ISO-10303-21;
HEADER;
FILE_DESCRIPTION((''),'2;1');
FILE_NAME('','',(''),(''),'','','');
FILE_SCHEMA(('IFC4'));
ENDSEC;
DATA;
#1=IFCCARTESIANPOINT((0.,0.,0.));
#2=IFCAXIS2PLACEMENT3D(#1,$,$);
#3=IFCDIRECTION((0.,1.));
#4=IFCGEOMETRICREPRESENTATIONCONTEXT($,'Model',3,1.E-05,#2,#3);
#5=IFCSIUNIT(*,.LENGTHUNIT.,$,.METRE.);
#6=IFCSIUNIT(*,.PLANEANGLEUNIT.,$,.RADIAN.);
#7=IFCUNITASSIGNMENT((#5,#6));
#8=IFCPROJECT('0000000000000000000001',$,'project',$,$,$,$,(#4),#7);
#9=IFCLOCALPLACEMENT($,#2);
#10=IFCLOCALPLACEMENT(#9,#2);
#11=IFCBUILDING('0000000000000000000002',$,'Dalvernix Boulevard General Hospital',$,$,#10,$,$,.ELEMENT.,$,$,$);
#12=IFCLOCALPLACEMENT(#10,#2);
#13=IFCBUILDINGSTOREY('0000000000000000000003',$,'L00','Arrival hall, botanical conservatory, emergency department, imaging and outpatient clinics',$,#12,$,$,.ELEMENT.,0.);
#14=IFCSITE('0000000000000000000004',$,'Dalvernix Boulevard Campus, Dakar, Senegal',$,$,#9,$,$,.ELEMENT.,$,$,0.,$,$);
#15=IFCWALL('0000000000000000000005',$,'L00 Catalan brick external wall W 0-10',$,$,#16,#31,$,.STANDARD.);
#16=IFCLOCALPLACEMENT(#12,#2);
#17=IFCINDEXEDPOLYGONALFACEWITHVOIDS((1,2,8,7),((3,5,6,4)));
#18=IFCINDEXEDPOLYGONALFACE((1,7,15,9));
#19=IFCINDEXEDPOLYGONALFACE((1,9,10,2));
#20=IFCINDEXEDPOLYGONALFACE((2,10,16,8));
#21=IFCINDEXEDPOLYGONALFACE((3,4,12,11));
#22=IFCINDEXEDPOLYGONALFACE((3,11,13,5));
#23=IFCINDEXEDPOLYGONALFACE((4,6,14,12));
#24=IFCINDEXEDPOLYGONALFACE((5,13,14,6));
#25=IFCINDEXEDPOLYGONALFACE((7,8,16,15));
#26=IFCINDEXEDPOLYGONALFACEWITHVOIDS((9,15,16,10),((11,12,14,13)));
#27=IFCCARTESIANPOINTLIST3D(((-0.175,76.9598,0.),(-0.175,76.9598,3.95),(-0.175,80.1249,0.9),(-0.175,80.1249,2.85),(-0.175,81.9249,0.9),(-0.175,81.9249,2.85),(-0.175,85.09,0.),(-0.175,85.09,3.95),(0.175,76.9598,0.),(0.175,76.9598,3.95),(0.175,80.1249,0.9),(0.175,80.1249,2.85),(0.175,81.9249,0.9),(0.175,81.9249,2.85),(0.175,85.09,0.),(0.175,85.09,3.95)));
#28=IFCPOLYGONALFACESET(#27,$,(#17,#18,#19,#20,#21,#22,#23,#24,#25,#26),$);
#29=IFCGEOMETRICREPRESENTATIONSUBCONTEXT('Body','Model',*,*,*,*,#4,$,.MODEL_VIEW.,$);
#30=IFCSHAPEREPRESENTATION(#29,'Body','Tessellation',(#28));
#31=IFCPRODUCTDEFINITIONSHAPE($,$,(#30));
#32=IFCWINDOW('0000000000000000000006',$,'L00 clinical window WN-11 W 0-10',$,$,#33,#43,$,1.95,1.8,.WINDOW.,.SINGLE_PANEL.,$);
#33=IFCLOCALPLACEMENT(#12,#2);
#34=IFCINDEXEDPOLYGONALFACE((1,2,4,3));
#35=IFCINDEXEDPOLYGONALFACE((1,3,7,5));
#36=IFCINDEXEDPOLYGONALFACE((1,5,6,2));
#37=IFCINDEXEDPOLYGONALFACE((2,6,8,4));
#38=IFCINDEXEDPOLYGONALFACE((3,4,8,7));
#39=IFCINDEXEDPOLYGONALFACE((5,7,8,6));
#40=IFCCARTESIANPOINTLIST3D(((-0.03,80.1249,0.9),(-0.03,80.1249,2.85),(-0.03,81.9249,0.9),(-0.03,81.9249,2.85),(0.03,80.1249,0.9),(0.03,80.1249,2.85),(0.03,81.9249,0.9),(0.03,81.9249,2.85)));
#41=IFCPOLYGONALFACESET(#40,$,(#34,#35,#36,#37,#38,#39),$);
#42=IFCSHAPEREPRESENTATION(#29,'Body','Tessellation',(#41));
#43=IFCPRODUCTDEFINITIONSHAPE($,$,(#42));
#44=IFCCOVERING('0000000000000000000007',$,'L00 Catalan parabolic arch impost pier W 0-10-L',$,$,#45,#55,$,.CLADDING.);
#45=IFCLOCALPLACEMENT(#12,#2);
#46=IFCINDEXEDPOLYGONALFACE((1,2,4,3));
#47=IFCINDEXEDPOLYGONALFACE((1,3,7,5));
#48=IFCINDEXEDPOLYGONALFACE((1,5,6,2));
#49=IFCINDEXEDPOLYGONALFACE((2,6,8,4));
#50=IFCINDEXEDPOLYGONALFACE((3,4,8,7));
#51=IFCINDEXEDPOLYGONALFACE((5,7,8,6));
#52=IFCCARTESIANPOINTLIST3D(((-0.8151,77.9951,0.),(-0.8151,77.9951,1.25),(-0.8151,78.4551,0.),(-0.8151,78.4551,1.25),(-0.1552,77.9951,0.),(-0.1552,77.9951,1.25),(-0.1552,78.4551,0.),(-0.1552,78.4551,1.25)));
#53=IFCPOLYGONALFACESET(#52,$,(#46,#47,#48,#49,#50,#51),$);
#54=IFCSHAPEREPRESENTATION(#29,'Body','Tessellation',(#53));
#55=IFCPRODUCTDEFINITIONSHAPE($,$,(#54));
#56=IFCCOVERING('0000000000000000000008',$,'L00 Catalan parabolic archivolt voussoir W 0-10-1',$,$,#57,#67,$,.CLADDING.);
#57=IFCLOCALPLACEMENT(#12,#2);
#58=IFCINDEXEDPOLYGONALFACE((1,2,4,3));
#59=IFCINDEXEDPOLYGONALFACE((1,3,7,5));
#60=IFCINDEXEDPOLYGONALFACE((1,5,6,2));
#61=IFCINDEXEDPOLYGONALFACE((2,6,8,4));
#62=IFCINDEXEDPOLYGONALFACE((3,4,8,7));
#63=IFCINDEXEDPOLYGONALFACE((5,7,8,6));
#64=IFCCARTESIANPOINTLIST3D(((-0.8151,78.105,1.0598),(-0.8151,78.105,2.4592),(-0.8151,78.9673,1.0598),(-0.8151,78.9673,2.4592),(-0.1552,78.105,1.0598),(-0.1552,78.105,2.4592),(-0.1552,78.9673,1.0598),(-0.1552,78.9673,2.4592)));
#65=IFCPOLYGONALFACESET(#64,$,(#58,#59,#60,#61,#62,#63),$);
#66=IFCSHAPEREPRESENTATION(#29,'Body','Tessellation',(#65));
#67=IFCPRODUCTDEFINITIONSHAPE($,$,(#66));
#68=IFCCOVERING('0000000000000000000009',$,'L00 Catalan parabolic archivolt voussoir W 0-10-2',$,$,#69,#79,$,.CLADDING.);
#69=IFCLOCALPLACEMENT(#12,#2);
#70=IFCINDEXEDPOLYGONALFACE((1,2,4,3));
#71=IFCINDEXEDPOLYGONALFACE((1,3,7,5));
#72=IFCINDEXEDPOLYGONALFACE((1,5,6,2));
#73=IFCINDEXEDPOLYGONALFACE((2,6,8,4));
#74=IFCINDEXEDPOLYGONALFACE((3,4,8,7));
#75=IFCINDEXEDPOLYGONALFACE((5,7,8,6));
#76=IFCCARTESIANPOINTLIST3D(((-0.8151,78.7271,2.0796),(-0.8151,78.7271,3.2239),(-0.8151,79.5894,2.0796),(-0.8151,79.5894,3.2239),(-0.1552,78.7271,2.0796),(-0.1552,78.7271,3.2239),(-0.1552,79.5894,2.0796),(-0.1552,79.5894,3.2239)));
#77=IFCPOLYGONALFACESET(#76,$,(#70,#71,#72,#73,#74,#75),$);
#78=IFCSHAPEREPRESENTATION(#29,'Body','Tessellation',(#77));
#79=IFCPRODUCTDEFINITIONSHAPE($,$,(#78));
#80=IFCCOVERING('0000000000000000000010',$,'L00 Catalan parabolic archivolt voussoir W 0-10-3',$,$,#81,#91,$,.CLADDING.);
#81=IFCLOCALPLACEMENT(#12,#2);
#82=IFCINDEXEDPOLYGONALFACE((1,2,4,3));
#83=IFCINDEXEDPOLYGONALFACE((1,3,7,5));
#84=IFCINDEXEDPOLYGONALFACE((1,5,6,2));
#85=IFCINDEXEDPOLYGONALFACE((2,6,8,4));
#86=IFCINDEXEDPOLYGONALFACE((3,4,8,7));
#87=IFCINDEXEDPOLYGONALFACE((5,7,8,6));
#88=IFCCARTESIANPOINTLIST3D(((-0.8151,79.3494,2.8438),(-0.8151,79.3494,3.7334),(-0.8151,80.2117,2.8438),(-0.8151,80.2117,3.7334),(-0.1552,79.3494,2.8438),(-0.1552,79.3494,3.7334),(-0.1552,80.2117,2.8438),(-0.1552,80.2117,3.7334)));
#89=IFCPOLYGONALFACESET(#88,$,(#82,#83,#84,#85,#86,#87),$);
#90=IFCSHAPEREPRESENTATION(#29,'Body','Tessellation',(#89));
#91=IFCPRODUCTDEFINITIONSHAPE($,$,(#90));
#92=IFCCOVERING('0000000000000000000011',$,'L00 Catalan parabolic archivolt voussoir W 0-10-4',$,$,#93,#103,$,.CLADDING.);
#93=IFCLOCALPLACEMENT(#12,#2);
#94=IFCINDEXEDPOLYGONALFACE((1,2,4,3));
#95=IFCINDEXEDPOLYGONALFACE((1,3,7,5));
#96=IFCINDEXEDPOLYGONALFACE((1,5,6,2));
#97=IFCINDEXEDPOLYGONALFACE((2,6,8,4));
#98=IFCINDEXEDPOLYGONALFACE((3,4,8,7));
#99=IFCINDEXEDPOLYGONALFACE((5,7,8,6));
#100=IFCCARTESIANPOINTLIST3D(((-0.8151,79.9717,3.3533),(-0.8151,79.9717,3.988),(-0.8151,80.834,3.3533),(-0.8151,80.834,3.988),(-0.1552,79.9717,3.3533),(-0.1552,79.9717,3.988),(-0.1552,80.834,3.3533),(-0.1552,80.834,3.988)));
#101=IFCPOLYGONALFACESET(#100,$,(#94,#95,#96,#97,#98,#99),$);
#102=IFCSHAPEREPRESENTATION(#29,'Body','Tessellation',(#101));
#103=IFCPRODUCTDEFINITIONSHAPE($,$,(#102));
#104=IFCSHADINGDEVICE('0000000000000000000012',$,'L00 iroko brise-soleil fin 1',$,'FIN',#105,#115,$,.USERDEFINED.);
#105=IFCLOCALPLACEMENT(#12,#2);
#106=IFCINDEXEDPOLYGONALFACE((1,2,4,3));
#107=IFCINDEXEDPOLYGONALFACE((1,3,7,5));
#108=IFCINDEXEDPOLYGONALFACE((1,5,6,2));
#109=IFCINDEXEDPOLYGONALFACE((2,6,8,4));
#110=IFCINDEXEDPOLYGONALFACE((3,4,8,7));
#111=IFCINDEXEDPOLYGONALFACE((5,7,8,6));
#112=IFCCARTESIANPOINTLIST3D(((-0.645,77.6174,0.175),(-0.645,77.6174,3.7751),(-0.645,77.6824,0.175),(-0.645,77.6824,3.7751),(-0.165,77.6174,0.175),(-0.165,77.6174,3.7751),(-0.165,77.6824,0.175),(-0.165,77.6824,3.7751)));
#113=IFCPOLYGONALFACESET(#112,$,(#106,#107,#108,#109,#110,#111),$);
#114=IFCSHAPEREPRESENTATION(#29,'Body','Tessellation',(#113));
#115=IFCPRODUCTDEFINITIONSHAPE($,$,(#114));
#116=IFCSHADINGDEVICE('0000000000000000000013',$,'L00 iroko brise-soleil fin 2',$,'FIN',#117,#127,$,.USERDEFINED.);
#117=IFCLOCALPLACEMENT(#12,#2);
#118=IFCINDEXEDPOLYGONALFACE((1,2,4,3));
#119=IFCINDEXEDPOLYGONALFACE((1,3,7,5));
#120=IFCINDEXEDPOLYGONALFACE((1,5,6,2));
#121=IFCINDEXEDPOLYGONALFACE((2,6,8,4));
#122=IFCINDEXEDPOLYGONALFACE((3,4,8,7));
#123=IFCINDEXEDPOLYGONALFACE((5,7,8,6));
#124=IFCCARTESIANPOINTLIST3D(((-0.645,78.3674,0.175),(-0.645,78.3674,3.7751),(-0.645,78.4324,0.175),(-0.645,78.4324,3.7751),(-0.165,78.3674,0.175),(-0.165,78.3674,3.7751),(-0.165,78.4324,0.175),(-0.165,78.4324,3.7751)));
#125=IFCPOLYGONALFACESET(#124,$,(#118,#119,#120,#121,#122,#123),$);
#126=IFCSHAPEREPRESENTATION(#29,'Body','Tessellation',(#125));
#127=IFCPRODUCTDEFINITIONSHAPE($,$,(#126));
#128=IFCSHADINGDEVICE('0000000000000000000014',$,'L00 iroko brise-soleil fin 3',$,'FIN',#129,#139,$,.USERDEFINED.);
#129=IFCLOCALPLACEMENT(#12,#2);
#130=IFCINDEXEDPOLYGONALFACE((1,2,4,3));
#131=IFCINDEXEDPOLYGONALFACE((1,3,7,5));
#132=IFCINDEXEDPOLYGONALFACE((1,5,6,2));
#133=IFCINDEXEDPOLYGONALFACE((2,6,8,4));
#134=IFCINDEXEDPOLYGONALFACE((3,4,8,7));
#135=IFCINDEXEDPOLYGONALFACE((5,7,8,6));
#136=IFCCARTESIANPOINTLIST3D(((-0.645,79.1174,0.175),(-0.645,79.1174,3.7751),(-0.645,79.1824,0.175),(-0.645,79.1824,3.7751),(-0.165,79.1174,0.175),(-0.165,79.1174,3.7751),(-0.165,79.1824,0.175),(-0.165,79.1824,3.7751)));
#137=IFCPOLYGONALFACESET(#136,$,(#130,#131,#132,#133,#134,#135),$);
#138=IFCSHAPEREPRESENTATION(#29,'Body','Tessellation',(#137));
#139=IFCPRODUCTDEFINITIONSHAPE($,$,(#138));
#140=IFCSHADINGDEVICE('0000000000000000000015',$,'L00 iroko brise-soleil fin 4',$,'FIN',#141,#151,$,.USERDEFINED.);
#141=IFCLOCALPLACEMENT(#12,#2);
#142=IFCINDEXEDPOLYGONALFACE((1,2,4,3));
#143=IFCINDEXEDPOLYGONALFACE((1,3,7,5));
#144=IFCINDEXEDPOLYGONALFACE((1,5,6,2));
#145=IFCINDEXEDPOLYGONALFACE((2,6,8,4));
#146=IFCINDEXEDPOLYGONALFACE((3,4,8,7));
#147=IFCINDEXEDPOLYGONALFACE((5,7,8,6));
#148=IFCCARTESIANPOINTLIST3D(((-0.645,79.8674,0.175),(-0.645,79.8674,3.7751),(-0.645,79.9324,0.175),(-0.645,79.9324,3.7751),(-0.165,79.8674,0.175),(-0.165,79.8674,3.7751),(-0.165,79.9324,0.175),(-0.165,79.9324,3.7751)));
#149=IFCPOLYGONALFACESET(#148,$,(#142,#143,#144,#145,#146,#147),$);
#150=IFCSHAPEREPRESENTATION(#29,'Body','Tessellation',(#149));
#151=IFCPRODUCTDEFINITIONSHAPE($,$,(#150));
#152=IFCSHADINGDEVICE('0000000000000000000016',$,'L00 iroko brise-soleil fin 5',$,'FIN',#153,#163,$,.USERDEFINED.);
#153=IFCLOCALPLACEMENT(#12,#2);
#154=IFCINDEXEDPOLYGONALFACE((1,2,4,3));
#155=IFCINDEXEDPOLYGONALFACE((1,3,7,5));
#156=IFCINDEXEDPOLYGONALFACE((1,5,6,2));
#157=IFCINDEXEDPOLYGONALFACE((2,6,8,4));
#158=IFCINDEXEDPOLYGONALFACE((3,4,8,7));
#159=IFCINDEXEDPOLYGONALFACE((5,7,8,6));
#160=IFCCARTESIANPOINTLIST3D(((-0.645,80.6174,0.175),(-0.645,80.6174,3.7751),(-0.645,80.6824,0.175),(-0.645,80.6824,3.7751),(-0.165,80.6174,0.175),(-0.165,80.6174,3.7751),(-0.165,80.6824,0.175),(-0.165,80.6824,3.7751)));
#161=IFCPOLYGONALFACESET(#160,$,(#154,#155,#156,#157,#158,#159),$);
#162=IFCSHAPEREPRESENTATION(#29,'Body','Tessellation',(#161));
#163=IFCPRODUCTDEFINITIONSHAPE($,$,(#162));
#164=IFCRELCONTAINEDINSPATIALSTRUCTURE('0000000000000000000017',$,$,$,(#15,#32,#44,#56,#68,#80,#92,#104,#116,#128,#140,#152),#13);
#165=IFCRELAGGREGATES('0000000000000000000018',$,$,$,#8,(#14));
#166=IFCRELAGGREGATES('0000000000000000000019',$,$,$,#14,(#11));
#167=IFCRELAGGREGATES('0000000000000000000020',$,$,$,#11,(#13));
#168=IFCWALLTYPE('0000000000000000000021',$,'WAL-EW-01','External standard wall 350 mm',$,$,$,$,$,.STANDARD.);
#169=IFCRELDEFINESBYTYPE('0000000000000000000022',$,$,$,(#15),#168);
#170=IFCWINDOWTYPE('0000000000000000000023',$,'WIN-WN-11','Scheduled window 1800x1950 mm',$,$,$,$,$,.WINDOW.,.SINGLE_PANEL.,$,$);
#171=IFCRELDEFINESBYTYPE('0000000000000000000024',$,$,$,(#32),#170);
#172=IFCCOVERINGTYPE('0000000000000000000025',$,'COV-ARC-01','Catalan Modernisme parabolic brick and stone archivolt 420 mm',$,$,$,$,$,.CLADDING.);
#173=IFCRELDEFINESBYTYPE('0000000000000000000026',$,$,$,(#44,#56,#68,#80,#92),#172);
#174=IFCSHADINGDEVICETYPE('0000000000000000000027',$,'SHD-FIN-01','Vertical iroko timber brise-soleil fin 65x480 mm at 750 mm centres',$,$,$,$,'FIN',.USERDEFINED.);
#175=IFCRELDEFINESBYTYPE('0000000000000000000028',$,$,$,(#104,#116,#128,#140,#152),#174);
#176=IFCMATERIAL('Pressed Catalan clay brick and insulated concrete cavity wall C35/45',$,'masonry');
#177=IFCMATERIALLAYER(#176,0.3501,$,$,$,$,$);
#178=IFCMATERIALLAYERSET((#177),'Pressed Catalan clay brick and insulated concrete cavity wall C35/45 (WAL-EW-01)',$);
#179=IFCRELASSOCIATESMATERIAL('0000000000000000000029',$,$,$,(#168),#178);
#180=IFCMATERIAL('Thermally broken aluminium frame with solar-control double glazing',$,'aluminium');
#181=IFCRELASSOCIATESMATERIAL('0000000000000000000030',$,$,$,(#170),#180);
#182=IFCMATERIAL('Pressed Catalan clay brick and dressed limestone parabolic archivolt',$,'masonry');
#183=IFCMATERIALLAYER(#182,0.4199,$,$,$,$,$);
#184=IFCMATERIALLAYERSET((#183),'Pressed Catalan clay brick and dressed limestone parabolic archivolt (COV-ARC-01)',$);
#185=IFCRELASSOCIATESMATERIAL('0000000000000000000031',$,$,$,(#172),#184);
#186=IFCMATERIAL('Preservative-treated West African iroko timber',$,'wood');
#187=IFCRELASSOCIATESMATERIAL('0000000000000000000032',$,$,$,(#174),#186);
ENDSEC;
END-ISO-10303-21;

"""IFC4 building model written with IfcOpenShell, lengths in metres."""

from ifc_helpers import new_model, si_unit, direction, frame, frame_2d, origin, origin_2d, place, context, subcontext, project, spatial, rectangle, extrude, material, layer, layer_set, type_object, element, fill, save


model = new_model("IFC4")

# Units and contexts
model_context = context("Model", 3, precision=1e-05, world=origin(), true_north=direction((0.0, 1.0)))
body_context = subcontext(model_context, "Body", "Model", "MODEL_VIEW")
ifc_project = project(units=[si_unit("LENGTHUNIT", "METRE"), si_unit("PLANEANGLEUNIT", "RADIAN")], contexts=[model_context])

# Site, building, storey
site_placement = place(None, origin())
site = spatial("IfcSite", under=ifc_project, at=site_placement, Name="Dalvernix Boulevard Campus, Dakar, Senegal", CompositionType="ELEMENT", RefElevation=0.0)
building_placement = place(site_placement, origin())
building = spatial("IfcBuilding", under=site, at=building_placement, Name="Dalvernix Boulevard General Hospital", CompositionType="ELEMENT")
storey_placement = place(building_placement, origin())
storey = spatial("IfcBuildingStorey", under=building, at=storey_placement, Name="L00", Description="Arrival hall, botanical conservatory, emergency department, imaging and outpatient clinics", CompositionType="ELEMENT", Elevation=0.0)

# Wall, opening, window
ifc_material_1 = material(Name="Pressed Catalan clay brick and insulated concrete cavity wall C35/45", Category="masonry")
ifc_layer_1 = layer(ifc_material_1, 0.3501)
ifc_layer_set_1 = layer_set([ifc_layer_1], Name="Pressed Catalan clay brick and insulated concrete cavity wall C35/45 (WAL-EW-01)")
wall_type = type_object("IfcWallType", Name="WAL-EW-01", Description="External standard wall 350 mm", PredefinedType="STANDARD", material=ifc_layer_set_1)
wall_placement = place(storey_placement, frame((0.0, 76.96, 0.0), z_axis=(0.0, 0.0, 1.0), x_axis=(0.0, 1.0, 0.0)))
wall = element("IfcWall", 1, at=wall_placement, inside=storey, type_object=wall_type, Name="L00 Catalan brick external wall W 0-10", PredefinedType="STANDARD", context=body_context, shape_type="SweptSolid", body=[
    extrude(rectangle(XDim=8.1301, YDim=0.3501, at=frame_2d((4.0649, 0.0))), origin(), (0.0, 0.0, 1.0), 3.95),
])
opening_placement = place(wall_placement, frame((3.165, 0.0, 0.8999)))
opening = element("IfcOpeningElement", 2, at=opening_placement, cuts=wall, PredefinedType="OPENING", context=body_context, shape_type="SweptSolid", body=[
    extrude(rectangle(XDim=1.8, YDim=1.95, at=frame_2d((0.8999, 0.9751))), frame((0.0, 0.1851, 0.0), z_axis=(0.0, -1.0, 0.0), x_axis=(1.0, 0.0, 0.0)), (0.0, 0.0, 1.0), 0.3701),
])
ifc_material_2 = material(Name="Thermally broken aluminium frame with solar-control double glazing", Category="aluminium")
window_type = type_object("IfcWindowType", Name="WIN-WN-11", Description="Scheduled window 1800x1950 mm", PartitioningType="SINGLE_PANEL", PredefinedType="WINDOW", material=ifc_material_2)
window_placement = place(opening_placement, origin())
window = element("IfcWindow", 3, at=window_placement, inside=storey, type_object=window_type, Name="L00 clinical window WN-11 W 0-10", OverallHeight=1.95, OverallWidth=1.8, PartitioningType="SINGLE_PANEL", PredefinedType="WINDOW", context=body_context, shape_type="SweptSolid", body=[
    extrude(rectangle(XDim=1.8, YDim=1.95, at=frame_2d((0.8999, 0.9751))), frame((0.0, 0.03, 0.0), z_axis=(0.0, -1.0, 0.0), x_axis=(1.0, 0.0, 0.0)), (0.0, 0.0, 1.0), 0.0601),
])
fill(opening, window)

# Coverings
ifc_material_3 = material(Name="Pressed Catalan clay brick and dressed limestone parabolic archivolt", Category="masonry")
ifc_layer_2 = layer(ifc_material_3, 0.4199)
ifc_layer_set_2 = layer_set([ifc_layer_2], Name="Pressed Catalan clay brick and dressed limestone parabolic archivolt (COV-ARC-01)")
covering_type = type_object("IfcCoveringType", Name="COV-ARC-01", Description="Catalan Modernisme parabolic brick and stone archivolt 420 mm", PredefinedType="CLADDING", material=ifc_layer_set_2)
covering_1_placement = place(storey_placement, frame((-0.4851, 78.2251, 0.0), z_axis=(0.0, 0.0, 1.0), x_axis=(0.0, 1.0, 0.0)))
element("IfcCovering", 4, at=covering_1_placement, inside=storey, type_object=covering_type, Name="L00 Catalan parabolic arch impost pier W 0-10-L", PredefinedType="CLADDING", context=body_context, shape_type="SweptSolid", body=[
    extrude(rectangle(XDim=0.46, YDim=0.6599, at=origin_2d()), origin(), (0.0, 0.0, 1.0), 1.25),
])
covering_2_placement = place(storey_placement, frame((-0.4851, 78.5361, 1.0598), z_axis=(0.0, 0.0, 1.0), x_axis=(0.0, 1.0, 0.0)))
element("IfcCovering", 5, at=covering_2_placement, inside=storey, type_object=covering_type, Name="L00 Catalan parabolic archivolt voussoir W 0-10-1", PredefinedType="CLADDING", context=body_context, shape_type="SweptSolid", body=[
    extrude(rectangle(XDim=0.8623, YDim=0.6599, at=origin_2d()), origin(), (0.0, 0.0, 1.0), 1.3994),
])
covering_3_placement = place(storey_placement, frame((-0.4851, 79.1582, 2.0796), z_axis=(0.0, 0.0, 1.0), x_axis=(0.0, 1.0, 0.0)))
element("IfcCovering", 6, at=covering_3_placement, inside=storey, type_object=covering_type, Name="L00 Catalan parabolic archivolt voussoir W 0-10-2", PredefinedType="CLADDING", context=body_context, shape_type="SweptSolid", body=[
    extrude(rectangle(XDim=0.8623, YDim=0.6599, at=origin_2d()), origin(), (0.0, 0.0, 1.0), 1.1443),
])
covering_4_placement = place(storey_placement, frame((-0.4851, 79.7805, 2.8438), z_axis=(0.0, 0.0, 1.0), x_axis=(0.0, 1.0, 0.0)))
element("IfcCovering", 7, at=covering_4_placement, inside=storey, type_object=covering_type, Name="L00 Catalan parabolic archivolt voussoir W 0-10-3", PredefinedType="CLADDING", context=body_context, shape_type="SweptSolid", body=[
    extrude(rectangle(XDim=0.8623, YDim=0.6599, at=origin_2d()), origin(), (0.0, 0.0, 1.0), 0.8896),
])
covering_5_placement = place(storey_placement, frame((-0.4851, 80.4028, 3.3533), z_axis=(0.0, 0.0, 1.0), x_axis=(0.0, 1.0, 0.0)))
element("IfcCovering", 8, at=covering_5_placement, inside=storey, type_object=covering_type, Name="L00 Catalan parabolic archivolt voussoir W 0-10-4", PredefinedType="CLADDING", context=body_context, shape_type="SweptSolid", body=[
    extrude(rectangle(XDim=0.8623, YDim=0.6599, at=origin_2d()), origin(), (0.0, 0.0, 1.0), 0.6348),
])

# Shading devices
ifc_material_4 = material(Name="Preservative-treated West African iroko timber", Category="wood")
shading_device_type = type_object("IfcShadingDeviceType", Name="SHD-FIN-01", Description="Vertical iroko timber brise-soleil fin 65x480 mm at 750 mm centres", ElementType="FIN", PredefinedType="USERDEFINED", material=ifc_material_4)
for number, where, z_axis, x_axis, name in (
    (9, (-0.405, 77.6499, 0.175), (0.0, 0.0, 1.0), (0.0, 1.0, 0.0), "L00 iroko brise-soleil fin 1"),
    (10, (-0.405, 78.3999, 0.175), (0.0, 0.0, 1.0), (0.0, 1.0, 0.0), "L00 iroko brise-soleil fin 2"),
    (11, (-0.405, 79.1499, 0.175), (0.0, 0.0, 1.0), (0.0, 1.0, 0.0), "L00 iroko brise-soleil fin 3"),
    (12, (-0.405, 79.8999, 0.175), (0.0, 0.0, 1.0), (0.0, 1.0, 0.0), "L00 iroko brise-soleil fin 4"),
    (13, (-0.405, 80.6499, 0.175), (0.0, 0.0, 1.0), (0.0, 1.0, 0.0), "L00 iroko brise-soleil fin 5"),
):
    element("IfcShadingDevice", number, at=place(storey_placement, frame(where, z_axis=z_axis, x_axis=x_axis)), inside=storey, type_object=shading_device_type, Name=name, ObjectType="FIN", PredefinedType="USERDEFINED", context=body_context, shape_type="SweptSolid", body=[
        extrude(rectangle(XDim=0.0649, YDim=0.48, at=origin_2d()), origin(), (0.0, 0.0, 1.0), 3.6001),
    ])

save(model, "model.ifc")
